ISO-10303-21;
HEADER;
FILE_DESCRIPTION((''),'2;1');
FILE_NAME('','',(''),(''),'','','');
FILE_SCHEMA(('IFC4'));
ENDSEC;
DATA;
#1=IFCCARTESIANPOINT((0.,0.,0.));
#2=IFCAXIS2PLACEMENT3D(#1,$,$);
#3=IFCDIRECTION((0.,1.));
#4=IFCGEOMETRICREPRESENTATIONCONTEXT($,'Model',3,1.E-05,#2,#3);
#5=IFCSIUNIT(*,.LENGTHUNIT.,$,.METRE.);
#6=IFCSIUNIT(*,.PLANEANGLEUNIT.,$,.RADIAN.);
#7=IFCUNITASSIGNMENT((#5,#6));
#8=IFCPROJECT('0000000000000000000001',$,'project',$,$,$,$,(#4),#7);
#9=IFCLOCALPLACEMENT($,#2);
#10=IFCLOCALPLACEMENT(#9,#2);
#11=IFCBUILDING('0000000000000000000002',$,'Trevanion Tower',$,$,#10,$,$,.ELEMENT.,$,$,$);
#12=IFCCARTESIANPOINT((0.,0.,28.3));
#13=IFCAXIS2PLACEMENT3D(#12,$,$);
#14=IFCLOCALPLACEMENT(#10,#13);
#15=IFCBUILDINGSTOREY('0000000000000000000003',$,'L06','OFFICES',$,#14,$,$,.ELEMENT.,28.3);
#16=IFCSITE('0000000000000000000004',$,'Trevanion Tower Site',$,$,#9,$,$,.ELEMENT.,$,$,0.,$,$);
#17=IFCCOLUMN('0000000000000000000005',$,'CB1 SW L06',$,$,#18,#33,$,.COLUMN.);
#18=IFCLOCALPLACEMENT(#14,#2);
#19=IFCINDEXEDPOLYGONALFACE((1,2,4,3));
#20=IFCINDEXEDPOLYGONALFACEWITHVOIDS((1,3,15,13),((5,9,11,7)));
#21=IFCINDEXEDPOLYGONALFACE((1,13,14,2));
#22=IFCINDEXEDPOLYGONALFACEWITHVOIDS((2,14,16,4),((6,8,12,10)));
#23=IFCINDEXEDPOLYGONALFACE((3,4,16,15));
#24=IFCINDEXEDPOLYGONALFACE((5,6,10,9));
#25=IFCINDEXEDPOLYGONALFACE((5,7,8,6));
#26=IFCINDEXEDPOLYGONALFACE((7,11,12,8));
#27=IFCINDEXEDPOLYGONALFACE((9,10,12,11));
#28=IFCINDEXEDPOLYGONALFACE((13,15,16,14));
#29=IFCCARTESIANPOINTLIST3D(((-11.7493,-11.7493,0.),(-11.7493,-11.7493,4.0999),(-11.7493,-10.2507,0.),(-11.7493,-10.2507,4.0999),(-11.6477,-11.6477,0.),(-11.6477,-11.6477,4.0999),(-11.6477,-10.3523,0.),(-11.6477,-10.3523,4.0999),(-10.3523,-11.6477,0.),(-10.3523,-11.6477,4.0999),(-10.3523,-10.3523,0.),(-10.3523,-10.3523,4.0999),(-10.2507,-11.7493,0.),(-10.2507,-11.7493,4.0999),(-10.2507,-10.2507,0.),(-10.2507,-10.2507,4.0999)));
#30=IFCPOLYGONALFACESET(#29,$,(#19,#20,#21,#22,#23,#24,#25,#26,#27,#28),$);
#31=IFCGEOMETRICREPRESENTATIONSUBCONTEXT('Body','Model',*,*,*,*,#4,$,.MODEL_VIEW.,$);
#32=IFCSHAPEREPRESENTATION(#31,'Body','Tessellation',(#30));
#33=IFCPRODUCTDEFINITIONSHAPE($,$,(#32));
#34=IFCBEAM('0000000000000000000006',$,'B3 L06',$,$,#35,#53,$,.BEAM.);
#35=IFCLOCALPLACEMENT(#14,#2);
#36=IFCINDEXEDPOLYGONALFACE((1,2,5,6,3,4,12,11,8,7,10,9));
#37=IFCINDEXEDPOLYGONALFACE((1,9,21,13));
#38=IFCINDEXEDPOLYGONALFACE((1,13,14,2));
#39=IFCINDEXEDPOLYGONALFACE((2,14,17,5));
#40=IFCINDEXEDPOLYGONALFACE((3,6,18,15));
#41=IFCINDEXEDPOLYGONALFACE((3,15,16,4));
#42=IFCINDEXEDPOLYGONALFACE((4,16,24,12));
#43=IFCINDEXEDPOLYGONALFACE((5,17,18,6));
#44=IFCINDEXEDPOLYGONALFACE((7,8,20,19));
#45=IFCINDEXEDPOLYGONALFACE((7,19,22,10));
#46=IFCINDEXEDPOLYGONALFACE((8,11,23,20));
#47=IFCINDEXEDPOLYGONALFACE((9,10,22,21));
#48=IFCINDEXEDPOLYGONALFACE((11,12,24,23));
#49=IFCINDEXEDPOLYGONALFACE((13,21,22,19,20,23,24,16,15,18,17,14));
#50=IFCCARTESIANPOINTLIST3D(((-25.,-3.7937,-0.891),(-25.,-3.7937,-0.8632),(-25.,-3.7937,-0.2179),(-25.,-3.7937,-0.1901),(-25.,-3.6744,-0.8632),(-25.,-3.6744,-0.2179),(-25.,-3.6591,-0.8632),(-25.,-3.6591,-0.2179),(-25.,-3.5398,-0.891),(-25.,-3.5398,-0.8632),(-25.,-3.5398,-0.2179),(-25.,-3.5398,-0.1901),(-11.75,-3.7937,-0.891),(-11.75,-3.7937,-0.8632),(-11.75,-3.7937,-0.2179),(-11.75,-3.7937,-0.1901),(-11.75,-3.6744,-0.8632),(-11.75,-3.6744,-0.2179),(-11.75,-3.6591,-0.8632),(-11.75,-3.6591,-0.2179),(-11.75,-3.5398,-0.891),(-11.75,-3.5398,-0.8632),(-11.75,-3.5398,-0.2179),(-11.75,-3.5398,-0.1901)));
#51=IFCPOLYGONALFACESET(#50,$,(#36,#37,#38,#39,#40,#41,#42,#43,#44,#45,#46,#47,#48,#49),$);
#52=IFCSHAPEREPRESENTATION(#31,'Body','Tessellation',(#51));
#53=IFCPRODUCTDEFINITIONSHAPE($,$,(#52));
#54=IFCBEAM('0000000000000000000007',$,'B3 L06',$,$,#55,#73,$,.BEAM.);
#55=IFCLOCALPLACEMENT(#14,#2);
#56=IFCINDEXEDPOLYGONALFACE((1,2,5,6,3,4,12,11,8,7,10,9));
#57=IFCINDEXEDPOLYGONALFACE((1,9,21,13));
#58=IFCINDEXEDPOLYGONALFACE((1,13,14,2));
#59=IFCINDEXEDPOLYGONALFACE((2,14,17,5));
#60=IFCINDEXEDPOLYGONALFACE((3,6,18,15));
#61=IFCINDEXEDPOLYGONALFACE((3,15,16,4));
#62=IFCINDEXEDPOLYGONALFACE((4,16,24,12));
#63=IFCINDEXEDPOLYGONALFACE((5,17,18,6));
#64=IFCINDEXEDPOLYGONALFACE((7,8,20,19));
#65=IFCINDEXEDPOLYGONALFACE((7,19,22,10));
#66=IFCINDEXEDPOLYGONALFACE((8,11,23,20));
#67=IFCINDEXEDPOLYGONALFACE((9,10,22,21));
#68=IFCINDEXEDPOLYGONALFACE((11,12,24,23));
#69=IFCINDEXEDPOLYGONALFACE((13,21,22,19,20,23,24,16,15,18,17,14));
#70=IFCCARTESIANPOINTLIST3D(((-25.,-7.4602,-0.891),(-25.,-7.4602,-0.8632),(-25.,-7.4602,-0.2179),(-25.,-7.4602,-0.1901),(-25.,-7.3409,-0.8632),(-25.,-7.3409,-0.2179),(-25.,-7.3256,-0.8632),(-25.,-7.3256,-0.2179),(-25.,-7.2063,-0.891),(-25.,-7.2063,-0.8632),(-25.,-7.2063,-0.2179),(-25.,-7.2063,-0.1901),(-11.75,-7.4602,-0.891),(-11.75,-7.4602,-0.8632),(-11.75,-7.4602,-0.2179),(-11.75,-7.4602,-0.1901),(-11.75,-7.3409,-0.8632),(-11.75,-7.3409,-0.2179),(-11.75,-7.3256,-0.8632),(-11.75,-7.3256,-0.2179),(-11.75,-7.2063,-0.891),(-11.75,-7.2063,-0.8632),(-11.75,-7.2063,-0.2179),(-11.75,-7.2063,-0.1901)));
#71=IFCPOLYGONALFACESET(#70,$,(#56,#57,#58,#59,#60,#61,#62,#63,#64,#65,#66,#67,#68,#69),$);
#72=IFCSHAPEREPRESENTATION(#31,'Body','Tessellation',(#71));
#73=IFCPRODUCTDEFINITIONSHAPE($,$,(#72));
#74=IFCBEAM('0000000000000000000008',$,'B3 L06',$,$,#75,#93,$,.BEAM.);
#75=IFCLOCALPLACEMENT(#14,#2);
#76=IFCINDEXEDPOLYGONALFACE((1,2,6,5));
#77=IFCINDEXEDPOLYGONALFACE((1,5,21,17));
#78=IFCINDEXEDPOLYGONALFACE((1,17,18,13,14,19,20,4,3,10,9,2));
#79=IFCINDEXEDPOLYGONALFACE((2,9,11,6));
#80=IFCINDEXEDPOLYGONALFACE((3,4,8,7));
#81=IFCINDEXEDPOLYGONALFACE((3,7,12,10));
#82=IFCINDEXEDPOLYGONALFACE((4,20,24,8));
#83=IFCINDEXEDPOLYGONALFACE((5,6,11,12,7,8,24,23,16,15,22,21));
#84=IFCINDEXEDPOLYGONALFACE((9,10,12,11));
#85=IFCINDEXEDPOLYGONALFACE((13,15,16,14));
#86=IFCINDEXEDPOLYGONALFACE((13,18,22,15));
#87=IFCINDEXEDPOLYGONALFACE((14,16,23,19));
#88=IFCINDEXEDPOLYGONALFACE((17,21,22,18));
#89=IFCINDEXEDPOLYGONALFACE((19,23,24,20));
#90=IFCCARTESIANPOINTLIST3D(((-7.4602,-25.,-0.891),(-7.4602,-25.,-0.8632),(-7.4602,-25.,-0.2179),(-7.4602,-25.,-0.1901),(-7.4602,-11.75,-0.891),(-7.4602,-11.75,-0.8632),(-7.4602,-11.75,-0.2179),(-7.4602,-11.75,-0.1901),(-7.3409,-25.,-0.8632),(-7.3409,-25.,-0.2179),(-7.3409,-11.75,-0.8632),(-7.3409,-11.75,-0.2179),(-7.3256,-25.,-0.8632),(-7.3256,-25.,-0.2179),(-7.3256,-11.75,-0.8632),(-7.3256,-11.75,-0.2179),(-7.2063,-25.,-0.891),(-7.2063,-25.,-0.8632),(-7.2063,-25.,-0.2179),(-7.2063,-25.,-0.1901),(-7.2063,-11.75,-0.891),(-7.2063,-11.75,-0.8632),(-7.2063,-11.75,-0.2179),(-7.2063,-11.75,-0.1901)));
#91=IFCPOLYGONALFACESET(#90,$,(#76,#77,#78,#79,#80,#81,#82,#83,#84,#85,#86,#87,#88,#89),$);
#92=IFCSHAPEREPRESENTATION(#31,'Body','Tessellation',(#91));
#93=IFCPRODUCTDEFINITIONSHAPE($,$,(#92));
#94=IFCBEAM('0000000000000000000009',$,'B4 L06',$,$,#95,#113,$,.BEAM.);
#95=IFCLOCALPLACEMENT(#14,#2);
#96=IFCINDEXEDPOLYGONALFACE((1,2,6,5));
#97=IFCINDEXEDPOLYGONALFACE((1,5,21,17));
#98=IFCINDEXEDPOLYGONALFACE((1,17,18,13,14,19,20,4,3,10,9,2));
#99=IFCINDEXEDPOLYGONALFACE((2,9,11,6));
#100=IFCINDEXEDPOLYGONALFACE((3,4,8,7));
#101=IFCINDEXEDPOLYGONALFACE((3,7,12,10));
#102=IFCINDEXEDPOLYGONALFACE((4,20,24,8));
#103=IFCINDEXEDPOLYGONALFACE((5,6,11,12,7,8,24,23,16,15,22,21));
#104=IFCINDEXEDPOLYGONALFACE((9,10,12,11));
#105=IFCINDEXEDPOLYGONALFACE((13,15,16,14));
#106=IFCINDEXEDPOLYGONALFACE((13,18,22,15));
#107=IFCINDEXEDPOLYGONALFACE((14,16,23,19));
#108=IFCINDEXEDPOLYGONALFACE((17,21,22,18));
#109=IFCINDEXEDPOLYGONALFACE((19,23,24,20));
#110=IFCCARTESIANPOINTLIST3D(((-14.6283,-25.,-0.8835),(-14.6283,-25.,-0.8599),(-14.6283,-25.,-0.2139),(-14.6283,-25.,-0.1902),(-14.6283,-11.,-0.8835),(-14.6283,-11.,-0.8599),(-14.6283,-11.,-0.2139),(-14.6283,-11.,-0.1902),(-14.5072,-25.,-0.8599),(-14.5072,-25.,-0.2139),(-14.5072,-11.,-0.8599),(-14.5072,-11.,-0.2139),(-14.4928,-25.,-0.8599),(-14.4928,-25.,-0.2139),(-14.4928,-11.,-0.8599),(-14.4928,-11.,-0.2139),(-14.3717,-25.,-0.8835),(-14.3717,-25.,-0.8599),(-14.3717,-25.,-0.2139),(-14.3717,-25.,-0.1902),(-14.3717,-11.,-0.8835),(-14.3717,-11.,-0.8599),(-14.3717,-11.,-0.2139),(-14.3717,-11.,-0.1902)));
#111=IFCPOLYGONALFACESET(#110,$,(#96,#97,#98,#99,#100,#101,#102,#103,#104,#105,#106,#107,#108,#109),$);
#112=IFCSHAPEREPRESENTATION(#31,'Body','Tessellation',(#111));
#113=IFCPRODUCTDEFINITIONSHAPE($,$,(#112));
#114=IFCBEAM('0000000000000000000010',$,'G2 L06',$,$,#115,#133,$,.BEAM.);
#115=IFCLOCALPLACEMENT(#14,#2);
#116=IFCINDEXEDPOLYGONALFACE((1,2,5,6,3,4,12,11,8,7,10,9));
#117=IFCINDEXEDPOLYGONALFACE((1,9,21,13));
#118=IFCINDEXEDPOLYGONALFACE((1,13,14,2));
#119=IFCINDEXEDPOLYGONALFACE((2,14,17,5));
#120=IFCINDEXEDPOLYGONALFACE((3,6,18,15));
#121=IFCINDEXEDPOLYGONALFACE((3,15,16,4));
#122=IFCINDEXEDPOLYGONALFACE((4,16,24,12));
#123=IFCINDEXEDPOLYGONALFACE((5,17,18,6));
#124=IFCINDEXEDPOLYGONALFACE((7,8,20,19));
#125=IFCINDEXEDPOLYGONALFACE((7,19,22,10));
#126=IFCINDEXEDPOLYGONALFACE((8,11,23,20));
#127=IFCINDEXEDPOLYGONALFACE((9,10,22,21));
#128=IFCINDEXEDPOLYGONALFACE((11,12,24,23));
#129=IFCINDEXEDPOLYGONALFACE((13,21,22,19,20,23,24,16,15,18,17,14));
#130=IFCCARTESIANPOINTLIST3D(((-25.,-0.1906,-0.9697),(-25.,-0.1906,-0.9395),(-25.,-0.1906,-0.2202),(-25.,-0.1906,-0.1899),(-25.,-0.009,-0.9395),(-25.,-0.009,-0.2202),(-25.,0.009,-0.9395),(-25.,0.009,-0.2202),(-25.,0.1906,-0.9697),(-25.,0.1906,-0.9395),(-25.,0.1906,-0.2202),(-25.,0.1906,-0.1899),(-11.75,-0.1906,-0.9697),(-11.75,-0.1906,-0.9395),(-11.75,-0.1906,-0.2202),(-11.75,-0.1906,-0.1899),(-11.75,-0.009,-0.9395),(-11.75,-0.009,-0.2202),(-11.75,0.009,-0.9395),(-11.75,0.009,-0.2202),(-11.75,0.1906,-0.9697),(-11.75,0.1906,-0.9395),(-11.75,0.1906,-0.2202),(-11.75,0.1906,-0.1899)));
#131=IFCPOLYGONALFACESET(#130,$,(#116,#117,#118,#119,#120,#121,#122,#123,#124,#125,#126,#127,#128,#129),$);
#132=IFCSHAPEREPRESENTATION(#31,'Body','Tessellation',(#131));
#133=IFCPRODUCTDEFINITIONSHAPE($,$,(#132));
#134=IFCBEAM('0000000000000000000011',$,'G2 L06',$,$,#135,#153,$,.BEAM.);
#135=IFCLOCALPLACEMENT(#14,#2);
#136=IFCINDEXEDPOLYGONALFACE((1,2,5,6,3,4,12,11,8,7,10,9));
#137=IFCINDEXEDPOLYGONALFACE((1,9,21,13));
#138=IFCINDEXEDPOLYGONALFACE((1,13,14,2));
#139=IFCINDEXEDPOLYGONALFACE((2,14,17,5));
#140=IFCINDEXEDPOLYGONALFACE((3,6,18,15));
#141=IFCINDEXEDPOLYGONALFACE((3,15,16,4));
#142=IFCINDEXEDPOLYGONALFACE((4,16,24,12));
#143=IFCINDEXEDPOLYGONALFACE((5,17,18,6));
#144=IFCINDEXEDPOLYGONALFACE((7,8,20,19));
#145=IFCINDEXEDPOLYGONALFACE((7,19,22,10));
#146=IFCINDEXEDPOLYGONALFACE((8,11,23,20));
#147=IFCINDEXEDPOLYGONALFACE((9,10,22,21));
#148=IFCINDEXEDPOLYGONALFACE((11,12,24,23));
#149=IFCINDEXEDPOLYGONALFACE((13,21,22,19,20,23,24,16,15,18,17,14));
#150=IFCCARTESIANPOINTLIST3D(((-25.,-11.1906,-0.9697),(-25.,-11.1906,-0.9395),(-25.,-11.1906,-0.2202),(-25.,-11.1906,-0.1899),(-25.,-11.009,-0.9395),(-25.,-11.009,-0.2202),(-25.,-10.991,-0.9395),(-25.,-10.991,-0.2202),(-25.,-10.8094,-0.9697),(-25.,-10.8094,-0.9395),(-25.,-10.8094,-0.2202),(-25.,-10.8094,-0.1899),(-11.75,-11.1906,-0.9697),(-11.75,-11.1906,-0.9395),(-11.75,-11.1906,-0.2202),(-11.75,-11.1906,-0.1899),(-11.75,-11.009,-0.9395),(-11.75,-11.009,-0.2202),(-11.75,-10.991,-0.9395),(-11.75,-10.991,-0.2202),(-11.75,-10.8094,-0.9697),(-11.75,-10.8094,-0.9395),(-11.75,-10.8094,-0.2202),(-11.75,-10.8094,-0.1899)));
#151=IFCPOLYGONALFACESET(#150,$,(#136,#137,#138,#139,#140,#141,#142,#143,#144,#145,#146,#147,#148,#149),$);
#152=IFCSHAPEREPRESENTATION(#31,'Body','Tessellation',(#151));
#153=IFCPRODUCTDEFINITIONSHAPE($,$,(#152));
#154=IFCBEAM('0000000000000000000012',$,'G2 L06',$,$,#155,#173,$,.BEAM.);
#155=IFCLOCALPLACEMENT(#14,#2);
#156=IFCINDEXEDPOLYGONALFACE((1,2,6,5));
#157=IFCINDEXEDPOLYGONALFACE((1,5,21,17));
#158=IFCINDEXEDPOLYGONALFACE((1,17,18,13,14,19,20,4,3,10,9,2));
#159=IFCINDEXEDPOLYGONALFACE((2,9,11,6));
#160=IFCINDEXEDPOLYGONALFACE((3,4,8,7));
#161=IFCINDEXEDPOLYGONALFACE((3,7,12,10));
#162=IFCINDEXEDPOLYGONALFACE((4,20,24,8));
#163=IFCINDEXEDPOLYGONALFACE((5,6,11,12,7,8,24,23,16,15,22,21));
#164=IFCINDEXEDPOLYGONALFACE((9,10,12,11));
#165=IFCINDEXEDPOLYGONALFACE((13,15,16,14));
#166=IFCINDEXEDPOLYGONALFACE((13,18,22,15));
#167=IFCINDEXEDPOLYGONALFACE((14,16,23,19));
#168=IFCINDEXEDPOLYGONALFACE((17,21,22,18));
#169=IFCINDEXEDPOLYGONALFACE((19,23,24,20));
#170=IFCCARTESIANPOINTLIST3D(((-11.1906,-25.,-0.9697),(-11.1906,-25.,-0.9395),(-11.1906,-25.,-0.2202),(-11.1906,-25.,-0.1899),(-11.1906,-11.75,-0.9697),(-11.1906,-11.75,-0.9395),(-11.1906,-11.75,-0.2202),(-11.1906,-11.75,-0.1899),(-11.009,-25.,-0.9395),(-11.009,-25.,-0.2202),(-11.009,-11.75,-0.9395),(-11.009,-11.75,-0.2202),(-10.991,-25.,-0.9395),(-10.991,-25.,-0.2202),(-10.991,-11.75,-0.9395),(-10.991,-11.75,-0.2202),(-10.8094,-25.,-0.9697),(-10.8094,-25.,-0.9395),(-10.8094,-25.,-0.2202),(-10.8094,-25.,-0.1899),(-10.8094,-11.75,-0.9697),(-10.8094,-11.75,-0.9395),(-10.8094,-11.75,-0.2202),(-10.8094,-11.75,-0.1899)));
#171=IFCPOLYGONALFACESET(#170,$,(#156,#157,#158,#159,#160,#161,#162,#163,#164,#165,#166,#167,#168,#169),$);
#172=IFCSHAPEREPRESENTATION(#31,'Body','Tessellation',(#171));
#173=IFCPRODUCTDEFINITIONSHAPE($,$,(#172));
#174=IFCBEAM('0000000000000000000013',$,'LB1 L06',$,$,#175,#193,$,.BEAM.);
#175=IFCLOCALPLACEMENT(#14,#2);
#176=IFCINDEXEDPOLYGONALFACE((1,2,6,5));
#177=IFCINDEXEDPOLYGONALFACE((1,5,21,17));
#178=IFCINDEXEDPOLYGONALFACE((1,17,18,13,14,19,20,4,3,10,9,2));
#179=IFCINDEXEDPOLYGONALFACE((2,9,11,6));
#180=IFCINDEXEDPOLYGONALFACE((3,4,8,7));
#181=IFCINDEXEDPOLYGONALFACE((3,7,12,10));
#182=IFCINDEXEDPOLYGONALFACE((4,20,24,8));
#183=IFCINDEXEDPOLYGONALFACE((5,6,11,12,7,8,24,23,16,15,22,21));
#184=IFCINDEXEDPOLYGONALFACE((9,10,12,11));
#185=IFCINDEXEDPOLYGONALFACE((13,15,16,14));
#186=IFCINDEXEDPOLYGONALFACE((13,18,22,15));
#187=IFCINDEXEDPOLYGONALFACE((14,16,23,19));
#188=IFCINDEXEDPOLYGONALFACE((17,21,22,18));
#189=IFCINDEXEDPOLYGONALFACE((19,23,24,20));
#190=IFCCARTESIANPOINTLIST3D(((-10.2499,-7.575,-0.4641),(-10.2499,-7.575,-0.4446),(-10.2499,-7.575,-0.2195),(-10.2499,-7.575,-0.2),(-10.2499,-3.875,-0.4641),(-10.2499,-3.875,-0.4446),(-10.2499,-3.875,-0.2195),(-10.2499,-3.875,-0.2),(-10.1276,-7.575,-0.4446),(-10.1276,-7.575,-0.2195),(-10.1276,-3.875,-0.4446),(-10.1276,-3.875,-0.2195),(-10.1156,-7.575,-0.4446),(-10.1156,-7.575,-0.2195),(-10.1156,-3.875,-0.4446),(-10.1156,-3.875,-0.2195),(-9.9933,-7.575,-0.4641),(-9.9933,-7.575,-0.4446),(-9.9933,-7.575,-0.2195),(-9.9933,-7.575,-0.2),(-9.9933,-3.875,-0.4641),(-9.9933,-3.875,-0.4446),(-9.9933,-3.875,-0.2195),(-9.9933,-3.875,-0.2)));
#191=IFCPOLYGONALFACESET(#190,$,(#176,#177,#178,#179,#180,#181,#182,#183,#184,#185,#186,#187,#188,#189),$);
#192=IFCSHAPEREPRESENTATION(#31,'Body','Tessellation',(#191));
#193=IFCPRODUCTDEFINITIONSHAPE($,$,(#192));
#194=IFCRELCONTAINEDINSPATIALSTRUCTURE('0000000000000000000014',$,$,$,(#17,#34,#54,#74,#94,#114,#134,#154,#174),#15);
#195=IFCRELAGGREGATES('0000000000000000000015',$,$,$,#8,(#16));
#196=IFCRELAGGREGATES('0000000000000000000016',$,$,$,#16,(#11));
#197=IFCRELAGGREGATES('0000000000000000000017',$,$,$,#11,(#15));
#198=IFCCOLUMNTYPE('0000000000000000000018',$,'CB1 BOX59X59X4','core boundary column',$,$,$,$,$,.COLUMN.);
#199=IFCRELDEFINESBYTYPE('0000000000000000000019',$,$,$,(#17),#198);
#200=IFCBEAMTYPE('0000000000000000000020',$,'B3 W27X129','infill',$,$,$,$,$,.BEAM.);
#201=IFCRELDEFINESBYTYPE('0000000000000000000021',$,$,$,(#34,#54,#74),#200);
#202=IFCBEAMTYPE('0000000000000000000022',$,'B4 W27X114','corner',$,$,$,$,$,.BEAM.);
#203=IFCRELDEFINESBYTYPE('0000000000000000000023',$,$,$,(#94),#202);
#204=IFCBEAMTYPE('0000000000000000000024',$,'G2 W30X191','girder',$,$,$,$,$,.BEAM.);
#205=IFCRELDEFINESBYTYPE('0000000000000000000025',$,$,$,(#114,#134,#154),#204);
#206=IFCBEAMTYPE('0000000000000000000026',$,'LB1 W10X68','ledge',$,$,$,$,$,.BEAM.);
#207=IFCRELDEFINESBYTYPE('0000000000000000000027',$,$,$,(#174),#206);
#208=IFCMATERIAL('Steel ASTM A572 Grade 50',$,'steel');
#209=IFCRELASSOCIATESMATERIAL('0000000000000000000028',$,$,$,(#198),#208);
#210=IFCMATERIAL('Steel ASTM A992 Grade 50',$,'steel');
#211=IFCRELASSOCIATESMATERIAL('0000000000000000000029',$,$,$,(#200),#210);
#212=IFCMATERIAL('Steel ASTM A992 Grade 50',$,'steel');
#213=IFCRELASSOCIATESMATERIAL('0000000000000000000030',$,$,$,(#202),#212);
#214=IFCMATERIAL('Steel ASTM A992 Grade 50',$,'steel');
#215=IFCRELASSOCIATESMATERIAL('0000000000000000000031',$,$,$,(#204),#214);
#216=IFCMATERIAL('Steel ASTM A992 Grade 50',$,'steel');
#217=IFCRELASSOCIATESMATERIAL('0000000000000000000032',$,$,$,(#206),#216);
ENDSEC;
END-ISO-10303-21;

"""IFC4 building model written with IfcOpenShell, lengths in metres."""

from ifc_helpers import new_model, si_unit, direction, frame, origin, origin_2d, place, context, subcontext, project, spatial, hollow_rectangle, i_section, extrude, material, material_profile, profile_set, type_object, element, save


model = new_model("IFC4")

# Units and contexts
model_context = context("Model", 3, precision=1e-05, world=origin(), true_north=direction((0.0, 1.0)))
body_context = subcontext(model_context, "Body", "Model", "MODEL_VIEW")
ifc_project = project(units=[si_unit("LENGTHUNIT", "METRE"), si_unit("PLANEANGLEUNIT", "RADIAN")], contexts=[model_context])

# Site, building, storey
site_placement = place(None, origin())
site = spatial("IfcSite", under=ifc_project, at=site_placement, Name="Trevanion Tower Site", CompositionType="ELEMENT", RefElevation=0.0)
building_placement = place(site_placement, origin())
building = spatial("IfcBuilding", under=site, at=building_placement, Name="Trevanion Tower", CompositionType="ELEMENT")
storey_placement = place(building_placement, frame((0.0, 0.0, 28.3)))
storey = spatial("IfcBuildingStorey", under=building, at=storey_placement, Name="L06", Description="OFFICES", CompositionType="ELEMENT", Elevation=28.3)

# Column
ifc_material_1 = material(Name="Steel ASTM A572 Grade 50", Category="steel")
ifc_material_profile_1 = material_profile(ifc_material_1, hollow_rectangle(XDim=1.4985, YDim=1.4985, WallThickness=0.1016, at=origin_2d()), Name="BOX59X59X4")
ifc_profile_set_1 = profile_set([ifc_material_profile_1], Name="Steel ASTM A572 Grade 50")
column_type = type_object("IfcColumnType", Name="CB1 BOX59X59X4", Description="core boundary column", PredefinedType="COLUMN", material=ifc_profile_set_1)
column_placement = place(storey_placement, frame((-11.0, -11.0, 0.0), z_axis=(0.0, 0.0, 1.0), x_axis=(1.0, 0.0, 0.0)))
element("IfcColumn", 1, at=column_placement, inside=storey, type_object=column_type, Name="CB1 SW L06", PredefinedType="COLUMN", context=body_context, shape_type="SweptSolid", body=[
    extrude(hollow_rectangle(XDim=1.4985, YDim=1.4985, WallThickness=0.1016, at=origin_2d()), origin(), (0.0, 0.0, 1.0), 4.0999),
])

# Beams
ifc_material_2 = material(Name="Steel ASTM A992 Grade 50", Category="steel")
ifc_material_profile_2 = material_profile(ifc_material_2, i_section(OverallWidth=0.2539, OverallDepth=0.7009, WebThickness=0.0154, FlangeThickness=0.0278, at=origin_2d()), Name="W27X129")
ifc_profile_set_2 = profile_set([ifc_material_profile_2], Name="Steel ASTM A992 Grade 50")
beam_type_1 = type_object("IfcBeamType", Name="B3 W27X129", Description="infill", PredefinedType="BEAM", material=ifc_profile_set_2)
for number, where, z_axis, x_axis, name in (
    (2, (-11.75, -3.6667, -0.5405), (-1.0, 0.0, 0.0), (0.0, -1.0, 0.0), "B3 L06"),
    (3, (-11.75, -7.3333, -0.5405), (-1.0, 0.0, 0.0), (0.0, -1.0, 0.0), "B3 L06"),
    (4, (-7.3333, -11.75, -0.5405), (0.0, -1.0, 0.0), (1.0, 0.0, 0.0), "B3 L06"),
):
    element("IfcBeam", number, at=place(storey_placement, frame(where, z_axis=z_axis, x_axis=x_axis)), inside=storey, type_object=beam_type_1, Name=name, PredefinedType="BEAM", context=body_context, shape_type="SweptSolid", body=[
        extrude(i_section(OverallWidth=0.2539, OverallDepth=0.7009, WebThickness=0.0154, FlangeThickness=0.0278, at=origin_2d()), origin(), (0.0, 0.0, 1.0), 13.25),
    ])
ifc_material_3 = material(Name="Steel ASTM A992 Grade 50", Category="steel")
ifc_material_profile_3 = material_profile(ifc_material_3, i_section(OverallWidth=0.2566, OverallDepth=0.6934, WebThickness=0.0144, FlangeThickness=0.0237, at=origin_2d()), Name="W27X114")
ifc_profile_set_3 = profile_set([ifc_material_profile_3], Name="Steel ASTM A992 Grade 50")
beam_type_2 = type_object("IfcBeamType", Name="B4 W27X114", Description="corner", PredefinedType="BEAM", material=ifc_profile_set_3)
beam_placement = place(storey_placement, frame((-14.5, -11.0, -0.5369), z_axis=(0.0, -1.0, 0.0), x_axis=(1.0, 0.0, 0.0)))
element("IfcBeam", 5, at=beam_placement, inside=storey, type_object=beam_type_2, Name="B4 L06", PredefinedType="BEAM", context=body_context, shape_type="SweptSolid", body=[
    extrude(i_section(OverallWidth=0.2566, OverallDepth=0.6934, WebThickness=0.0144, FlangeThickness=0.0237, at=origin_2d()), origin(), (0.0, 0.0, 1.0), 14.0),
])
ifc_material_4 = material(Name="Steel ASTM A992 Grade 50", Category="steel")
ifc_material_profile_4 = material_profile(ifc_material_4, i_section(OverallWidth=0.3811, OverallDepth=0.7798, WebThickness=0.0181, FlangeThickness=0.0303, at=origin_2d()), Name="W30X191")
ifc_profile_set_4 = profile_set([ifc_material_profile_4], Name="Steel ASTM A992 Grade 50")
beam_type_3 = type_object("IfcBeamType", Name="G2 W30X191", Description="girder", PredefinedType="BEAM", material=ifc_profile_set_4)
for number, where, z_axis, x_axis, name in (
    (6, (-11.75, 0.0, -0.5798), (-1.0, 0.0, 0.0), (0.0, -1.0, 0.0), "G2 L06"),
    (7, (-11.75, -11.0, -0.5798), (-1.0, 0.0, 0.0), (0.0, -1.0, 0.0), "G2 L06"),
    (8, (-11.0, -11.75, -0.5798), (0.0, -1.0, 0.0), (1.0, 0.0, 0.0), "G2 L06"),
):
    element("IfcBeam", number, at=place(storey_placement, frame(where, z_axis=z_axis, x_axis=x_axis)), inside=storey, type_object=beam_type_3, Name=name, PredefinedType="BEAM", context=body_context, shape_type="SweptSolid", body=[
        extrude(i_section(OverallWidth=0.3811, OverallDepth=0.7798, WebThickness=0.0181, FlangeThickness=0.0303, at=origin_2d()), origin(), (0.0, 0.0, 1.0), 13.25),
    ])
ifc_material_5 = material(Name="Steel ASTM A992 Grade 50", Category="steel")
ifc_material_profile_5 = material_profile(ifc_material_5, i_section(OverallWidth=0.2566, OverallDepth=0.2642, WebThickness=0.012, FlangeThickness=0.0195, at=origin_2d()), Name="W10X68")
ifc_profile_set_5 = profile_set([ifc_material_profile_5], Name="Steel ASTM A992 Grade 50")
beam_type_4 = type_object("IfcBeamType", Name="LB1 W10X68", Description="ledge", PredefinedType="BEAM", material=ifc_profile_set_5)
for number, where, z_axis, x_axis, name in (
    (9, (-10.1216, -7.575, -0.332), (0.0, 1.0, 0.0), (-1.0, 0.0, 0.0), "LB1 L06"),
):
    element("IfcBeam", number, at=place(storey_placement, frame(where, z_axis=z_axis, x_axis=x_axis)), inside=storey, type_object=beam_type_4, Name=name, PredefinedType="BEAM", context=body_context, shape_type="SweptSolid", body=[
        extrude(i_section(OverallWidth=0.2566, OverallDepth=0.2642, WebThickness=0.012, FlangeThickness=0.0195, at=origin_2d()), origin(), (0.0, 0.0, 1.0), 3.7),
    ])

save(model, "model.ifc")
